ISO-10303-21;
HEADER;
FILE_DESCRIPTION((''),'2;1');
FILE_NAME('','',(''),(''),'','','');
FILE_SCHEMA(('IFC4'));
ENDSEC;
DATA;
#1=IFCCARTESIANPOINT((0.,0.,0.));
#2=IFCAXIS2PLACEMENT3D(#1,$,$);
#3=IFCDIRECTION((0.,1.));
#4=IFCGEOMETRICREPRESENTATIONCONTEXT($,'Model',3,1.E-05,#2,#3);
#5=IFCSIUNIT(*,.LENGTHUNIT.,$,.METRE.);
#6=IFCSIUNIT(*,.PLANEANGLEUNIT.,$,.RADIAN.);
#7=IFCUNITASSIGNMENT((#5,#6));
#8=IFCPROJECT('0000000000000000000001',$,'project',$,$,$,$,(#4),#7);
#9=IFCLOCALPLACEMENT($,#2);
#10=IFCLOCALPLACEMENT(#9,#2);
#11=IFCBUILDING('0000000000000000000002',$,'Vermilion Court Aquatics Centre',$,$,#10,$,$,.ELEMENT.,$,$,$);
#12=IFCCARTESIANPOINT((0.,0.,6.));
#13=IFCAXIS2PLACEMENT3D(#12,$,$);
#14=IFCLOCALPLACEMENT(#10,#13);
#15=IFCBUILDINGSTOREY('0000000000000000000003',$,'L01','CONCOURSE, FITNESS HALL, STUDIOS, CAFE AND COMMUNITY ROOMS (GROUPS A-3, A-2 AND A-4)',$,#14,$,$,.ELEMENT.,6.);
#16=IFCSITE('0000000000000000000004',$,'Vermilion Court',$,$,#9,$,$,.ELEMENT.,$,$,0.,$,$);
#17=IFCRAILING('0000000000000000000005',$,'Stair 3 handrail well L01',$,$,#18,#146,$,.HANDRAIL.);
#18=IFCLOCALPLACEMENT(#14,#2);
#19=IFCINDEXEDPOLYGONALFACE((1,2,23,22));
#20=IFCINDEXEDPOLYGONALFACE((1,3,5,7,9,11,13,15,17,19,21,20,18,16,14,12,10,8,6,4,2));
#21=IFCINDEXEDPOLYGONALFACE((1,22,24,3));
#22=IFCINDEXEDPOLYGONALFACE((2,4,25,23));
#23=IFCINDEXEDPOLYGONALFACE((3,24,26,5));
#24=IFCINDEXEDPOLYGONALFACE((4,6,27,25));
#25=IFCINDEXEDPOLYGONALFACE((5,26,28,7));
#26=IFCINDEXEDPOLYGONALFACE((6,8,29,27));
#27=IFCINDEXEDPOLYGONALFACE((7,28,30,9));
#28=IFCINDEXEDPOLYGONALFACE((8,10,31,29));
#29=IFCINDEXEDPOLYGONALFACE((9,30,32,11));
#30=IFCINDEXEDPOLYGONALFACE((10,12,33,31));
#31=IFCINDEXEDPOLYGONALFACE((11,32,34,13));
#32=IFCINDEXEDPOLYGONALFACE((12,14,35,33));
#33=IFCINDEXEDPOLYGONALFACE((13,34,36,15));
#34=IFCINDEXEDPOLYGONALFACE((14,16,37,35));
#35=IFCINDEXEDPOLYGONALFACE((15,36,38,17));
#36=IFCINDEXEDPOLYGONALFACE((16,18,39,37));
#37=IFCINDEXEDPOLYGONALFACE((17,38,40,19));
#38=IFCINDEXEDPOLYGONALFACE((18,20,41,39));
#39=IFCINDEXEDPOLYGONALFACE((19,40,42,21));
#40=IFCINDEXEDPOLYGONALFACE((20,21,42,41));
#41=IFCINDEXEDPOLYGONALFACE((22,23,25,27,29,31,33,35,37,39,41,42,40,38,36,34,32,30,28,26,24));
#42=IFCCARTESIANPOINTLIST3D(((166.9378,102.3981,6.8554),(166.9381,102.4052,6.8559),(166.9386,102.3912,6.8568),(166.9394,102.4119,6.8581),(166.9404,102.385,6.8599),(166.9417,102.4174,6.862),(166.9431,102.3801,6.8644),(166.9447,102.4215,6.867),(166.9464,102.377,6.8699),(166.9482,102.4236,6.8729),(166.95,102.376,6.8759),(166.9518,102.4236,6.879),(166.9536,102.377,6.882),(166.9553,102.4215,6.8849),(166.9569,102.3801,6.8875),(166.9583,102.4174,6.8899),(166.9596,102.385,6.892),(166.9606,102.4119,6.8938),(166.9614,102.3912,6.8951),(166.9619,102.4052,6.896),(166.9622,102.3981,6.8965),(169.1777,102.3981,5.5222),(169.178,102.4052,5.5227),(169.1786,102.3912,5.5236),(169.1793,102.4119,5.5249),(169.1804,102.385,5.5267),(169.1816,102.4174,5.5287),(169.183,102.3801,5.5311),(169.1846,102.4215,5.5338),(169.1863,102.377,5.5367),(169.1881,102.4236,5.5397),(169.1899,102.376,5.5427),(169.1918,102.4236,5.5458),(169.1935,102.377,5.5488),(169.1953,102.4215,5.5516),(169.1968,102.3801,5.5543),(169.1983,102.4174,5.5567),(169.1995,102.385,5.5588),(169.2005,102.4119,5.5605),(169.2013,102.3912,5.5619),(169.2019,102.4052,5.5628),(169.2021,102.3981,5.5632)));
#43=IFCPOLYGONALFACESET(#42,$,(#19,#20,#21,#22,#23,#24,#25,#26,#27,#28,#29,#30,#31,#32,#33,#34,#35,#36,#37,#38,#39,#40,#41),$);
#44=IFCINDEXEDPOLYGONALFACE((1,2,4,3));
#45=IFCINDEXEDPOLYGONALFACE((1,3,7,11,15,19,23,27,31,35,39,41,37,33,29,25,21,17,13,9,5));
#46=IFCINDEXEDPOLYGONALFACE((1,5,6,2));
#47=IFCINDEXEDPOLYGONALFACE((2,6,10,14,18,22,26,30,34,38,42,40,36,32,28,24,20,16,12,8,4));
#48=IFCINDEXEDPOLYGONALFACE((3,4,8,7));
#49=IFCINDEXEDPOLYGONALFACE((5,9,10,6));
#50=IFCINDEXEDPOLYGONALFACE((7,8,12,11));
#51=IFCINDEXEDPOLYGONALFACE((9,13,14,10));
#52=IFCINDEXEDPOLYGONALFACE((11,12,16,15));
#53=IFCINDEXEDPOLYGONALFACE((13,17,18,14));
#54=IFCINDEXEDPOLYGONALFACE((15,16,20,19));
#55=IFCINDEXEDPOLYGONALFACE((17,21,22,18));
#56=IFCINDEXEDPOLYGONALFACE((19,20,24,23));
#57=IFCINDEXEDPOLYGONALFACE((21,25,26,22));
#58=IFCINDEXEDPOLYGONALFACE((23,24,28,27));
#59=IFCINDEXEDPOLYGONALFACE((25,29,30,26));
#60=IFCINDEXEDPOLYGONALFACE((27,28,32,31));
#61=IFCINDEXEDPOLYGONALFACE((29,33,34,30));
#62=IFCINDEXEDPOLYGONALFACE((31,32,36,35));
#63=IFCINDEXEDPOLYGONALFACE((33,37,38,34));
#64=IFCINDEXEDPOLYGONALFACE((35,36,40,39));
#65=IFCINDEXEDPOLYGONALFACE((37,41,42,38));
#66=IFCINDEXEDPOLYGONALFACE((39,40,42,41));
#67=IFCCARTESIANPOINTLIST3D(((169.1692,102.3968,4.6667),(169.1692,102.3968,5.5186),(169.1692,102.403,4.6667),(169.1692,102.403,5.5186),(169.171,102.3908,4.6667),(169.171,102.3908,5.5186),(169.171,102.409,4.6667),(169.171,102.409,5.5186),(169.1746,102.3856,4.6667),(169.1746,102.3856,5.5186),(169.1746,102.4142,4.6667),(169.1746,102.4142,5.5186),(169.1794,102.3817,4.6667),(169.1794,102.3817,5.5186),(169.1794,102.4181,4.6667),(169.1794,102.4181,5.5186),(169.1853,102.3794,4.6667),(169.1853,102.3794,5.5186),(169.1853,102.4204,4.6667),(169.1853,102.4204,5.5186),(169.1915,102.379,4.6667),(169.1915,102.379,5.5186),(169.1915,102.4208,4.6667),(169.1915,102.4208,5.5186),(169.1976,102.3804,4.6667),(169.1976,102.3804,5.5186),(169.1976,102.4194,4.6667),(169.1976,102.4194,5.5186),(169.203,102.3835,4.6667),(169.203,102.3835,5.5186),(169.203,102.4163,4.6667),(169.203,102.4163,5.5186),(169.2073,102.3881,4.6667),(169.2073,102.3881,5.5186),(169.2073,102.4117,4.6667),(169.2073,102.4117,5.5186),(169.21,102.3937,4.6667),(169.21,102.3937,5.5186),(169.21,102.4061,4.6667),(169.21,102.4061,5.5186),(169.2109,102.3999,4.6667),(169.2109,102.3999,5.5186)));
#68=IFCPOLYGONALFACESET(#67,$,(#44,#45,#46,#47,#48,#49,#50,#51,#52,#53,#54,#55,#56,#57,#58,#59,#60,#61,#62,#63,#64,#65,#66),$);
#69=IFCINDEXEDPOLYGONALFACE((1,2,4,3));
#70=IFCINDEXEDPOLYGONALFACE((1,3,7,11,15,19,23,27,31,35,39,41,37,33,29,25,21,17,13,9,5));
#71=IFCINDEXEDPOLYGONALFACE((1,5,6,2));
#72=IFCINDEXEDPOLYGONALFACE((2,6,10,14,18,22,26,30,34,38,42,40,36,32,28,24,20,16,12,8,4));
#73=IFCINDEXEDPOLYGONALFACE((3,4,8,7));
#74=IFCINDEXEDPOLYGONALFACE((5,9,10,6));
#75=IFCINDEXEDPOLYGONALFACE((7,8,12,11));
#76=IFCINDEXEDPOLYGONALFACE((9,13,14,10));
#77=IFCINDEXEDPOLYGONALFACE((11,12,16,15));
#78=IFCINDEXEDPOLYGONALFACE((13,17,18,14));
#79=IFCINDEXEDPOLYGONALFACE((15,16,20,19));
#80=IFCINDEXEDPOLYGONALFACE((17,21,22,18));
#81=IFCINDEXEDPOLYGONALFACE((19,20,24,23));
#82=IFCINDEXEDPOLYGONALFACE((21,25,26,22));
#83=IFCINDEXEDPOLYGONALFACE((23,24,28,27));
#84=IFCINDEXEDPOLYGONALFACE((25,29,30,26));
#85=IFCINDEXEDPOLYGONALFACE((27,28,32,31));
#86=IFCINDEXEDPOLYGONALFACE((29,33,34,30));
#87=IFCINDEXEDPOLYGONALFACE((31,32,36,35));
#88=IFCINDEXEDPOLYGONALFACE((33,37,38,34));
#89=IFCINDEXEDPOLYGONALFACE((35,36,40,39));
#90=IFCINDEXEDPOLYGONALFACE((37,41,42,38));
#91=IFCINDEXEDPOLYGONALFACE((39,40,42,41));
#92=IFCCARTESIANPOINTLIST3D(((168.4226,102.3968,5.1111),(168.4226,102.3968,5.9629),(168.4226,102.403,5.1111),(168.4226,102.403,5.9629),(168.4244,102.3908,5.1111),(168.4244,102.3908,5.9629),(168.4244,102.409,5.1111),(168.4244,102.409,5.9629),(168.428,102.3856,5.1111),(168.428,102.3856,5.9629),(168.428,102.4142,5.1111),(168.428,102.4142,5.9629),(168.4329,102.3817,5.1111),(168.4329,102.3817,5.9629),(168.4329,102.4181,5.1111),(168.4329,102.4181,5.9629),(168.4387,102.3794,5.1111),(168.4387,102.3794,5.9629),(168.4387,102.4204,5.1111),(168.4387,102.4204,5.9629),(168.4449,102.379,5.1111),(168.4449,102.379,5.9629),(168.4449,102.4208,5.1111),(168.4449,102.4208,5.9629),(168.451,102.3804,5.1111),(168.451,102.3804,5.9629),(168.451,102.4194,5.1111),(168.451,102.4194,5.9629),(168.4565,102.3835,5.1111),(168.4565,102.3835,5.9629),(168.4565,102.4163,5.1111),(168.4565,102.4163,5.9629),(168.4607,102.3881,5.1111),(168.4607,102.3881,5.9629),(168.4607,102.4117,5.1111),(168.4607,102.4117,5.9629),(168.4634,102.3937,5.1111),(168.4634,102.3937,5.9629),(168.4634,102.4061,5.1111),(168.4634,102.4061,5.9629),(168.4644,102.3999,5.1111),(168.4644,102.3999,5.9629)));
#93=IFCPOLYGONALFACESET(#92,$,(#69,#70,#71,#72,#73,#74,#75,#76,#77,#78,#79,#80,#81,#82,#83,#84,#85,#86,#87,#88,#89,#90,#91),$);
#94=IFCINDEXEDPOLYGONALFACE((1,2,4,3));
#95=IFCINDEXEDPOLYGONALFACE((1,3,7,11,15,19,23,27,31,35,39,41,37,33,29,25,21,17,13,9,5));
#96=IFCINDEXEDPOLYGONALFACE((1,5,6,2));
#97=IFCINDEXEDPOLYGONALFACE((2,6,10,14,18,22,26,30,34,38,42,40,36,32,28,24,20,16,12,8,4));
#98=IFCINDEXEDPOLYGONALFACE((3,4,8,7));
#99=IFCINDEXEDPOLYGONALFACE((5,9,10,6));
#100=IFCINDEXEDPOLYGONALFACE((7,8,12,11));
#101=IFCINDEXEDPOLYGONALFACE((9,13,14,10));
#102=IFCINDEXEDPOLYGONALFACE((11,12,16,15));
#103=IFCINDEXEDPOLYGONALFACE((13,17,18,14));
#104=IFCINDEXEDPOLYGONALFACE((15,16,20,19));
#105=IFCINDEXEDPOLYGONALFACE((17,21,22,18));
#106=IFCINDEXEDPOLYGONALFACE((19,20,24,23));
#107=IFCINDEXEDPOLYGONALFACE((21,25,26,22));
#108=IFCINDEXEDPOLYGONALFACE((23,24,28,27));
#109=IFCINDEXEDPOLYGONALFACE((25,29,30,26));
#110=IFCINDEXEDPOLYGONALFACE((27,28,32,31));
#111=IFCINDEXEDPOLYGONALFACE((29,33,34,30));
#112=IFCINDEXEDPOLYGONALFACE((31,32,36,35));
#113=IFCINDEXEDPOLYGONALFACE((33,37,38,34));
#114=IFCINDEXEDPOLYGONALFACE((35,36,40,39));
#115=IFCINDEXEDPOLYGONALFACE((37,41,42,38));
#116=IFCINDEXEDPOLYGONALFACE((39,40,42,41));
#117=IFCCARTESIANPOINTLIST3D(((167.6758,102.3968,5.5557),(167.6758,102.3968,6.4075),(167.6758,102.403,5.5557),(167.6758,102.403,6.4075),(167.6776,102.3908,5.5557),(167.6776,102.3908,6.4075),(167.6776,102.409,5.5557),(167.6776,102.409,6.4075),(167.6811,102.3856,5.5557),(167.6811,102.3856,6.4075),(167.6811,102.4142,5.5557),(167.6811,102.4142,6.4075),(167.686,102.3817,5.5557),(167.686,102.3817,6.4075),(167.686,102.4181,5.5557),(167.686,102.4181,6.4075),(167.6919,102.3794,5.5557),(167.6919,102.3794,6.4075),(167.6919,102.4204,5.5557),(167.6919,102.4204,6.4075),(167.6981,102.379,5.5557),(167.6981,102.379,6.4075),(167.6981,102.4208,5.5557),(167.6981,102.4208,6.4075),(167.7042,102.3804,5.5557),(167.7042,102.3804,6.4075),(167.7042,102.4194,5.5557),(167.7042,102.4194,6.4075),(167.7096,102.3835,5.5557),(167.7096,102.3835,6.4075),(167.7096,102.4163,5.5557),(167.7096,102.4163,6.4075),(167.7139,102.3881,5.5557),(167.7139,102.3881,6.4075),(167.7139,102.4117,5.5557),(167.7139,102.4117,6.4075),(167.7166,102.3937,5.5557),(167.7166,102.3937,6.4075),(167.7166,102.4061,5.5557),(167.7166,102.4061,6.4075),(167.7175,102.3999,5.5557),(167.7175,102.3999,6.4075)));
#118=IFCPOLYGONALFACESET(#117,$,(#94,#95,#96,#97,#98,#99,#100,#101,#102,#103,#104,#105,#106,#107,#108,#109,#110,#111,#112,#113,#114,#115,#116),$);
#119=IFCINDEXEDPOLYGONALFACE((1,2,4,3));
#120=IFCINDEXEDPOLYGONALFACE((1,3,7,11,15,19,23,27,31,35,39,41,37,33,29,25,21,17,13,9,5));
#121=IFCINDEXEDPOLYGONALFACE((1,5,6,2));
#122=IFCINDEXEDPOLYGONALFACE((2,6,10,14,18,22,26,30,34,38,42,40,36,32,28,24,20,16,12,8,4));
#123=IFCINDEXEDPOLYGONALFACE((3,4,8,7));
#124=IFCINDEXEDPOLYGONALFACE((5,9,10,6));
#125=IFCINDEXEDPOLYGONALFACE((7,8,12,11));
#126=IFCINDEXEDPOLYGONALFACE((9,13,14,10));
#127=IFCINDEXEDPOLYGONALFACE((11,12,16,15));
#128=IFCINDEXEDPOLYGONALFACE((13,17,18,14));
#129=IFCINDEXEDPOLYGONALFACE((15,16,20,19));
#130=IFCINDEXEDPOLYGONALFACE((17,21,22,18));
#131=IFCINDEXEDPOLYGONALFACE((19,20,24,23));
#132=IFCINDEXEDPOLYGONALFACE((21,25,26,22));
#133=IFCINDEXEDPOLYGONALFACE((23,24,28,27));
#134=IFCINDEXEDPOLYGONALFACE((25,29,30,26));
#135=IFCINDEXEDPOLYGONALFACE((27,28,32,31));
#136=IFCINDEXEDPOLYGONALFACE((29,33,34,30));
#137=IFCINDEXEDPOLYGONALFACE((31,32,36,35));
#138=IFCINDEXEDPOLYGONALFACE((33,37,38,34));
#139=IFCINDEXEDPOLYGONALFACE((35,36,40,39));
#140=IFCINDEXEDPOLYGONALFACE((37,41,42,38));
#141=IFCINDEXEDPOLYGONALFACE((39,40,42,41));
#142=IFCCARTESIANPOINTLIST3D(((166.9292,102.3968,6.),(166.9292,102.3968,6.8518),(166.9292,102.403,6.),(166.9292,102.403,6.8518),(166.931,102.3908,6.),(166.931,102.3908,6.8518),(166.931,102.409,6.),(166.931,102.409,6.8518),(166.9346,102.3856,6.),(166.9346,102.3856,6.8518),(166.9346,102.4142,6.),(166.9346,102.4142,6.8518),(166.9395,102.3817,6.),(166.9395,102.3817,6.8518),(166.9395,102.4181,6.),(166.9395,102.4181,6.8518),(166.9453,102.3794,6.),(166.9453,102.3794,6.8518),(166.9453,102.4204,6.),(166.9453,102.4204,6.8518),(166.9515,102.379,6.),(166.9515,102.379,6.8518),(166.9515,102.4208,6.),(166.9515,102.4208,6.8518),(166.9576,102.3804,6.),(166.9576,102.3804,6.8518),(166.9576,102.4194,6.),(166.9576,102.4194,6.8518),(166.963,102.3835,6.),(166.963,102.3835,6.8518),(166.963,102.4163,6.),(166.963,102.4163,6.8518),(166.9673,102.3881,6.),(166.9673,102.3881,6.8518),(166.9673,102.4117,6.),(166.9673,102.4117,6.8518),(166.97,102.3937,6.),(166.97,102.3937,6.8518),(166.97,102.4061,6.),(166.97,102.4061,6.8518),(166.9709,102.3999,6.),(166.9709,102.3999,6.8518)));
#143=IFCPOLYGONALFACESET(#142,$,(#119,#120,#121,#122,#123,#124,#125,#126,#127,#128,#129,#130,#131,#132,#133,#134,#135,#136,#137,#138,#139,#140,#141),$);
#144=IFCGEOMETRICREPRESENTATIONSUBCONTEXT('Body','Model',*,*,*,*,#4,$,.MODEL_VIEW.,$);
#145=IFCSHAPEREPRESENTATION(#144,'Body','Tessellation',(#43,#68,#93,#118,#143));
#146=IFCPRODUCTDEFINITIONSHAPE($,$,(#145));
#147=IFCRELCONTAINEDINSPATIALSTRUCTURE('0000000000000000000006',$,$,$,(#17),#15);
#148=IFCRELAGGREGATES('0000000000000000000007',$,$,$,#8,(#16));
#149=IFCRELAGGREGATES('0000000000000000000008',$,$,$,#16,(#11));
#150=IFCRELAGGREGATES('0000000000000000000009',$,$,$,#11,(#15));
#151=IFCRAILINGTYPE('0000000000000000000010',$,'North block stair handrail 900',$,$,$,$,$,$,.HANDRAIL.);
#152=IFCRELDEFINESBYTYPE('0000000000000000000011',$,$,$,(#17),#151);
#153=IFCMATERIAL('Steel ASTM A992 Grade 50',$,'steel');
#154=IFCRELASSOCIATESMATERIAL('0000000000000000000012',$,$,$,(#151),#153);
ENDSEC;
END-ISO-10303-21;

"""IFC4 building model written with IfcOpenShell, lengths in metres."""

from ifc_helpers import new_model, si_unit, direction, frame, origin, origin_2d, place, context, subcontext, project, spatial, circle, extrude, material, type_object, element, save


model = new_model("IFC4")

# Units and contexts
model_context = context("Model", 3, precision=1e-05, world=origin(), true_north=direction((0.0, 1.0)))
body_context = subcontext(model_context, "Body", "Model", "MODEL_VIEW")
ifc_project = project(units=[si_unit("LENGTHUNIT", "METRE"), si_unit("PLANEANGLEUNIT", "RADIAN")], contexts=[model_context])

# Site, building, storey
site_placement = place(None, origin())
site = spatial("IfcSite", under=ifc_project, at=site_placement, Name="Vermilion Court", CompositionType="ELEMENT", RefElevation=0.0)
building_placement = place(site_placement, origin())
building = spatial("IfcBuilding", under=site, at=building_placement, Name="Vermilion Court Aquatics Centre", CompositionType="ELEMENT")
storey_placement = place(building_placement, frame((0.0, 0.0, 6.0)))
storey = spatial("IfcBuildingStorey", under=building, at=storey_placement, Name="L01", Description="CONCOURSE, FITNESS HALL, STUDIOS, CAFE AND COMMUNITY ROOMS (GROUPS A-3, A-2 AND A-4)", CompositionType="ELEMENT", Elevation=6.0)

# Railing
ifc_material_1 = material(Name="Steel ASTM A992 Grade 50", Category="steel")
railing_type = type_object("IfcRailingType", Name="North block stair handrail 900", PredefinedType="HANDRAIL", material=ifc_material_1)
for number, where, name in (
    (1, (169.1899, 102.3999, 4.6667), "Stair 3 handrail well L01"),
):
    element("IfcRailing", number, at=place(storey_placement, frame(where)), inside=storey, type_object=railing_type, Name=name, PredefinedType="HANDRAIL", context=body_context, shape_type="SweptSolid", body=[
        extrude(circle(Radius=0.0239, at=origin_2d()), frame((0.0, 0.0, 0.876), z_axis=(-0.859306, 0.0, 0.511462), x_axis=(0.0, -1.0, 0.0)), (0.0, 0.0, 1.0), 2.6067),
        extrude(circle(Radius=0.021, at=origin_2d()), origin(), (0.0, 0.0, 1.0), 0.8518),
        extrude(circle(Radius=0.021, at=origin_2d()), frame((-0.7466, 0.0, 0.4443)), (0.0, 0.0, 1.0), 0.8518),
        extrude(circle(Radius=0.021, at=origin_2d()), frame((-1.4934, 0.0, 0.8889)), (0.0, 0.0, 1.0), 0.8518),
        extrude(circle(Radius=0.021, at=origin_2d()), frame((-2.24, 0.0, 1.3333)), (0.0, 0.0, 1.0), 0.8518),
    ])

save(model, "model.ifc")
